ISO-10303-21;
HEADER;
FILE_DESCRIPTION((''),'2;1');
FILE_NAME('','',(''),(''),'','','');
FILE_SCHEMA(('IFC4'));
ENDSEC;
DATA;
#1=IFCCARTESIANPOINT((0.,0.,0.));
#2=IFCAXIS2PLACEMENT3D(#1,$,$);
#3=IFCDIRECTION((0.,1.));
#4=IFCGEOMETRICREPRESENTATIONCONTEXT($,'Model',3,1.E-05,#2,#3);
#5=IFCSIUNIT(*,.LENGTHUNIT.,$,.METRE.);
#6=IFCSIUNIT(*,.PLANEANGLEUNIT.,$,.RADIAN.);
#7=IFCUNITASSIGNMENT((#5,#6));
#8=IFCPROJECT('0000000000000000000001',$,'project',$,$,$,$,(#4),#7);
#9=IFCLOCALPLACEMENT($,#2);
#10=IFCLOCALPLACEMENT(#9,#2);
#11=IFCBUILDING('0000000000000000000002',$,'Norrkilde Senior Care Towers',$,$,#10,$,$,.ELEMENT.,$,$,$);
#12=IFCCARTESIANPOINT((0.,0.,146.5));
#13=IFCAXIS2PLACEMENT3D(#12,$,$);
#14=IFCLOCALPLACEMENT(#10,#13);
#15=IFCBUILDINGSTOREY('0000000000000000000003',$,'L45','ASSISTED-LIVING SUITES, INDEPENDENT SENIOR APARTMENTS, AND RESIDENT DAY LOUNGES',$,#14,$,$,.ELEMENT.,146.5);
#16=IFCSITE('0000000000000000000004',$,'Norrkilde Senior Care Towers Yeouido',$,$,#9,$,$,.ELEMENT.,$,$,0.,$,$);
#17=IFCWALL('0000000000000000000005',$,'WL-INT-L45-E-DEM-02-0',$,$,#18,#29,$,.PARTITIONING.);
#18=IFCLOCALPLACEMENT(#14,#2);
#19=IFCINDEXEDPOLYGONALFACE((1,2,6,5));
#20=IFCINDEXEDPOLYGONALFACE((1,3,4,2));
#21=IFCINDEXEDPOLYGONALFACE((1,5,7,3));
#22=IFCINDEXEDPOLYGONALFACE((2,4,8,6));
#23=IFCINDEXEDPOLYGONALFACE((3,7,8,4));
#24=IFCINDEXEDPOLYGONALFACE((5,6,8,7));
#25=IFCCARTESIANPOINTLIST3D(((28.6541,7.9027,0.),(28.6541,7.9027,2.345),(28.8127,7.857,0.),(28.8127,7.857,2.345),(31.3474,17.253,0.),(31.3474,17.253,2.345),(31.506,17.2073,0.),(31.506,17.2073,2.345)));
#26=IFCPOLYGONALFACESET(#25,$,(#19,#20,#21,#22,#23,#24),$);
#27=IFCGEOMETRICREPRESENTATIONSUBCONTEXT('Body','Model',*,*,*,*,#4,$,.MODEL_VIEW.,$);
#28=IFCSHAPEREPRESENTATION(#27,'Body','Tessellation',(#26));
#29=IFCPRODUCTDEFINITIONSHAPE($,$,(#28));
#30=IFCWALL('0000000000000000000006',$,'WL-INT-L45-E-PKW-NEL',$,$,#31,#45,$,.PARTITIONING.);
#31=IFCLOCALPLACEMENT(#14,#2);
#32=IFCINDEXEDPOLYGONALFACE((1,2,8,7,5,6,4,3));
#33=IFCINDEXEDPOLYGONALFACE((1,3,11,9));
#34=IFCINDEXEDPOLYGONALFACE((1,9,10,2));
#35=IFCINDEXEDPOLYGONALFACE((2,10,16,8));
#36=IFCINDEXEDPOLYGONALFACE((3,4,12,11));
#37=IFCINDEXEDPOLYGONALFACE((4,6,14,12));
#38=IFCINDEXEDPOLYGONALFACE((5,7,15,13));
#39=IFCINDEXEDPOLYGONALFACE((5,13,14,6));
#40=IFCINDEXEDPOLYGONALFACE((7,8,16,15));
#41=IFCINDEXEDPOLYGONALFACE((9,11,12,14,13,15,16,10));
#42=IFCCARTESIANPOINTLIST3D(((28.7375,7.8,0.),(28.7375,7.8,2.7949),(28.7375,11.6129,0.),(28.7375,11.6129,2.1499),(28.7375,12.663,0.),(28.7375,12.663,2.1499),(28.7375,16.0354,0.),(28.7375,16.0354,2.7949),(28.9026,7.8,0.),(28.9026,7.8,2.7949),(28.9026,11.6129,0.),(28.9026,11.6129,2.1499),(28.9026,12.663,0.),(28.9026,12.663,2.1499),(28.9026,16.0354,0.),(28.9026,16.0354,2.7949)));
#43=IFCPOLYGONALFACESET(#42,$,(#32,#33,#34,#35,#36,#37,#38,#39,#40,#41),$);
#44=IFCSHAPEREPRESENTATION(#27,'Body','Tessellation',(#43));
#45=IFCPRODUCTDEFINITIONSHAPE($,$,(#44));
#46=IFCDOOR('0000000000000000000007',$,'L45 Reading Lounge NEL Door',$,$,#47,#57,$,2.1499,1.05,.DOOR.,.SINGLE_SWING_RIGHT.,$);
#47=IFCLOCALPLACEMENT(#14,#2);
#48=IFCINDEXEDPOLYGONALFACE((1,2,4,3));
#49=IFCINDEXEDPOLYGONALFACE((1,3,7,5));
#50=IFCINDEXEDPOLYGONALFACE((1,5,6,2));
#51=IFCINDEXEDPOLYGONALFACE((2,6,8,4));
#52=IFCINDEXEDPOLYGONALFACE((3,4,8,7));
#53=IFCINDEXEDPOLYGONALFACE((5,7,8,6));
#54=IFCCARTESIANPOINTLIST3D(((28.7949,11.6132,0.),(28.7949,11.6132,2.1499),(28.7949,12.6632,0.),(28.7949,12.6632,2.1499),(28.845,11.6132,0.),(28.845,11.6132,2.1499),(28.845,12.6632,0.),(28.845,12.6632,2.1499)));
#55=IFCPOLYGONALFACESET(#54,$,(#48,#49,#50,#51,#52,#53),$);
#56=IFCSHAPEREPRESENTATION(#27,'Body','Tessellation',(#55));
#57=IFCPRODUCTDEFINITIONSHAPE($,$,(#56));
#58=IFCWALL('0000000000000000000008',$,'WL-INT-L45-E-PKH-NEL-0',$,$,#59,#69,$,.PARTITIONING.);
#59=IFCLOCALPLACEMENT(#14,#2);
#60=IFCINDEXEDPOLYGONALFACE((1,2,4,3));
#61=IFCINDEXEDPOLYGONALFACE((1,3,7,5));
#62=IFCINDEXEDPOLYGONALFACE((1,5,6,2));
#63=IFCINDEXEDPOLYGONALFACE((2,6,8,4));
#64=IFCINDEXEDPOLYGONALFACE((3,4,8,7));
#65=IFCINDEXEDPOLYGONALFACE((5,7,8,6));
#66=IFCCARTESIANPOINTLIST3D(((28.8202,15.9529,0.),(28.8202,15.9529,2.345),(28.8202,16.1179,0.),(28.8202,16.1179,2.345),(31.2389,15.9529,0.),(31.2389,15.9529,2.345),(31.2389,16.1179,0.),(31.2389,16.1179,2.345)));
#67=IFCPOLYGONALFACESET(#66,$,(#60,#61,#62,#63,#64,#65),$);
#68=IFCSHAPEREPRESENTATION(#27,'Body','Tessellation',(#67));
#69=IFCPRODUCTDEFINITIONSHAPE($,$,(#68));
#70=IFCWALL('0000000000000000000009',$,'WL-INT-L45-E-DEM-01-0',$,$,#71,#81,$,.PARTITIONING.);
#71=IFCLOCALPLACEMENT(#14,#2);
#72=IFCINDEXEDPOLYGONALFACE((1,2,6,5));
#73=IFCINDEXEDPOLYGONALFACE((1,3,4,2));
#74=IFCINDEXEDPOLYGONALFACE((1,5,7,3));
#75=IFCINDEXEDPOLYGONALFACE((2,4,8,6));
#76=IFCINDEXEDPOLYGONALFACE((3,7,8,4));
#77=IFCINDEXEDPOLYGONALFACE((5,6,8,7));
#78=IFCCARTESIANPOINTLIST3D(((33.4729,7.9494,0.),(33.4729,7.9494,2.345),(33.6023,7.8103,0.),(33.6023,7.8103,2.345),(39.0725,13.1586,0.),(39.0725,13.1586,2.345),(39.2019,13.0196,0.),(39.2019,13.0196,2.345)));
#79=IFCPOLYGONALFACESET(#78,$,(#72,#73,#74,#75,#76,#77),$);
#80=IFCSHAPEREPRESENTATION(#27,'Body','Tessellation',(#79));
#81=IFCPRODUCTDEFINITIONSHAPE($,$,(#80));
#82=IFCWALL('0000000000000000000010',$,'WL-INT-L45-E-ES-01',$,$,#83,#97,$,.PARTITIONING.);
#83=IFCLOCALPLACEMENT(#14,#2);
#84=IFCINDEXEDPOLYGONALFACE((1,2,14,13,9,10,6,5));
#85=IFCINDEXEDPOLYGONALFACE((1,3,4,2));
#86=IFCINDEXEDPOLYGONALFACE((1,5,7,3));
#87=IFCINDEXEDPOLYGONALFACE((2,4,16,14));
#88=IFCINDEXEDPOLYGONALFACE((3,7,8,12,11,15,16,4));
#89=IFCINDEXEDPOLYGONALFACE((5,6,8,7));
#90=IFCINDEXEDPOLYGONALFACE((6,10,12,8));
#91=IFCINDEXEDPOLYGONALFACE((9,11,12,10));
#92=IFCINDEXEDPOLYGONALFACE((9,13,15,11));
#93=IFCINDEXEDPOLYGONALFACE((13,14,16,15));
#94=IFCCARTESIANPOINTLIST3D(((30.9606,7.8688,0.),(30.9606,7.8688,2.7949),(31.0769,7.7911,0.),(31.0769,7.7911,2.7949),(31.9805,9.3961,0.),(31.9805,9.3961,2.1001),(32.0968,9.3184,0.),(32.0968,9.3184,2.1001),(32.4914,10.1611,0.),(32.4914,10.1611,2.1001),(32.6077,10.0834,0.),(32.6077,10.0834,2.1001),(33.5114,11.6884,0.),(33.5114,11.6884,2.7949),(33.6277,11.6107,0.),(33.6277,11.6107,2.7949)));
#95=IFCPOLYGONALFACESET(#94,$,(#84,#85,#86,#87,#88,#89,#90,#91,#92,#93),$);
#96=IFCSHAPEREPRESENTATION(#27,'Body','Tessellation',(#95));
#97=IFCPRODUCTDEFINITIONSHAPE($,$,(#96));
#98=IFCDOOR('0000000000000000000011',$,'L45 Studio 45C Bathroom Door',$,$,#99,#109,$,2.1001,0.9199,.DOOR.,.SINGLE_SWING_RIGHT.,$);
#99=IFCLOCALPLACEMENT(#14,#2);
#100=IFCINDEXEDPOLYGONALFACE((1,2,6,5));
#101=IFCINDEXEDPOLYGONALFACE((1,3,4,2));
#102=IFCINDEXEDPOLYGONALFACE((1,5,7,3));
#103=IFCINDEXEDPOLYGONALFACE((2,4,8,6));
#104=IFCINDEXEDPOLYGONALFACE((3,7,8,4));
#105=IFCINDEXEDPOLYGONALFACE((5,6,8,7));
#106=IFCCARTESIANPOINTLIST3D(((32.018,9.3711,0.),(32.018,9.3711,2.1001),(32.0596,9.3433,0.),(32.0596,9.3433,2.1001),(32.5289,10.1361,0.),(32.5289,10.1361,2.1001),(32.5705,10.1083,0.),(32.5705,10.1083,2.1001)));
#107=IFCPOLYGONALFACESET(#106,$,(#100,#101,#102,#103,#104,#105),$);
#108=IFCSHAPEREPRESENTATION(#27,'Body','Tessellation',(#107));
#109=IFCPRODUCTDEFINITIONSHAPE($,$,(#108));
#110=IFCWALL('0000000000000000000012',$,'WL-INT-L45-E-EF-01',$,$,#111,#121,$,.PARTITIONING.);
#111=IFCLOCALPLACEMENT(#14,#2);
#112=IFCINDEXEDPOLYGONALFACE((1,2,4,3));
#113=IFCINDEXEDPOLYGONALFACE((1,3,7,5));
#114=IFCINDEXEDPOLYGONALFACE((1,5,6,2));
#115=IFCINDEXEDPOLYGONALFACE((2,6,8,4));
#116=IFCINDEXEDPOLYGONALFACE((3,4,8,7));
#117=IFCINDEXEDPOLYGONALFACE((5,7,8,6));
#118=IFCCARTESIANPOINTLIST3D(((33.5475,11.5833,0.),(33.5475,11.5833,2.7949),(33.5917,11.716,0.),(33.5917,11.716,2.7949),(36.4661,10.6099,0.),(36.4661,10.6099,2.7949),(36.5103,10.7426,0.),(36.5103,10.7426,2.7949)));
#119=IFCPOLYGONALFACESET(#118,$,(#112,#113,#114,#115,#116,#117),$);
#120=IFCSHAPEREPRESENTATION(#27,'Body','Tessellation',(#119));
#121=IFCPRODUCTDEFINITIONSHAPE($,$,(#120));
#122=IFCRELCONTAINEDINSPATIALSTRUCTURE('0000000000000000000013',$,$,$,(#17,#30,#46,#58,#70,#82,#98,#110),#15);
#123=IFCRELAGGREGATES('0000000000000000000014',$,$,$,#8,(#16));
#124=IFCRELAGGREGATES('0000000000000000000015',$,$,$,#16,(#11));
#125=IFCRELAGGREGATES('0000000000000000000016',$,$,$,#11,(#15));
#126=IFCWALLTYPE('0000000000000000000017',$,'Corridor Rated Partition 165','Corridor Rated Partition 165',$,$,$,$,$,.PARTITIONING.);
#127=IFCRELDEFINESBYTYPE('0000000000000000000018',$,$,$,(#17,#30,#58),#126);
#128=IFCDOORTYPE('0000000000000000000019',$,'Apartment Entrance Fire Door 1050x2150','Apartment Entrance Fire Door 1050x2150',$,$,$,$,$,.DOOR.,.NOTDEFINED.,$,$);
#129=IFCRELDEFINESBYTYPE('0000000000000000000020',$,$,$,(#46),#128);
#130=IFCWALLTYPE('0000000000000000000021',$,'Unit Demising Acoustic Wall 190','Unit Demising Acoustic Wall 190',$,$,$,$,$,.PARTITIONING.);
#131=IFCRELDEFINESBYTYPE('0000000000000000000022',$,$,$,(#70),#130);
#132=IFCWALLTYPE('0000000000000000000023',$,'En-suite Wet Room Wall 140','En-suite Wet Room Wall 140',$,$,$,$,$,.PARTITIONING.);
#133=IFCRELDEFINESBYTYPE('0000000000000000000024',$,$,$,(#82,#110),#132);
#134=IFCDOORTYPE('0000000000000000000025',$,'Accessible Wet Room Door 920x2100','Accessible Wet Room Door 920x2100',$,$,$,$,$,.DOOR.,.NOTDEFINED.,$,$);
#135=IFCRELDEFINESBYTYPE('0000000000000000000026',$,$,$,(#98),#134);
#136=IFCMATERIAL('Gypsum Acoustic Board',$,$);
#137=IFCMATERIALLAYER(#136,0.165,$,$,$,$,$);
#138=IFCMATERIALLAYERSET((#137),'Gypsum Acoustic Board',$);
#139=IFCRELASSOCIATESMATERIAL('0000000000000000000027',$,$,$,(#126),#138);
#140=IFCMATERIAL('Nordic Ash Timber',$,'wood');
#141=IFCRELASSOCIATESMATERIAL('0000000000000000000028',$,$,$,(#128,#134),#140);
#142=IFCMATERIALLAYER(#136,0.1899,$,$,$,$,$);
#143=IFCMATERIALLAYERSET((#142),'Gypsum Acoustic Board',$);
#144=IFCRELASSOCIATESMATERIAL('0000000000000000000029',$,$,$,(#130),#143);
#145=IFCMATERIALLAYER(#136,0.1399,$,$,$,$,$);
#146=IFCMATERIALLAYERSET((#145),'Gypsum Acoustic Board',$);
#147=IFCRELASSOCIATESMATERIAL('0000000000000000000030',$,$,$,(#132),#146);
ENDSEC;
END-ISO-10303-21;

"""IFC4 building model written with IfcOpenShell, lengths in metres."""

from ifc_helpers import new_model, si_unit, direction, frame, frame_2d, origin, place, context, subcontext, project, spatial, rectangle, extrude, source, transform, mapped, material, layer, layer_set, type_object, type_shapes, element, fill, save


model = new_model("IFC4")

# Units and contexts
model_context = context("Model", 3, precision=1e-05, world=origin(), true_north=direction((0.0, 1.0)))
body_context = subcontext(model_context, "Body", "Model", "MODEL_VIEW")
ifc_project = project(units=[si_unit("LENGTHUNIT", "METRE"), si_unit("PLANEANGLEUNIT", "RADIAN")], contexts=[model_context])

# Site, building, storey
site_placement = place(None, origin())
site = spatial("IfcSite", under=ifc_project, at=site_placement, Name="Norrkilde Senior Care Towers Yeouido", CompositionType="ELEMENT", RefElevation=0.0)
building_placement = place(site_placement, origin())
building = spatial("IfcBuilding", under=site, at=building_placement, Name="Norrkilde Senior Care Towers", CompositionType="ELEMENT")
storey_placement = place(building_placement, frame((0.0, 0.0, 146.5)))
storey = spatial("IfcBuildingStorey", under=building, at=storey_placement, Name="L45", Description="ASSISTED-LIVING SUITES, INDEPENDENT SENIOR APARTMENTS, AND RESIDENT DAY LOUNGES", CompositionType="ELEMENT", Elevation=146.5)

# Shared definitions
ifc_material_1 = material(Name="Gypsum Acoustic Board")
ifc_layer_1 = layer(ifc_material_1, 0.165)
ifc_layer_set_1 = layer_set([ifc_layer_1], Name="Gypsum Acoustic Board")
wall_type_1 = type_object("IfcWallType", Name="Corridor Rated Partition 165", Description="Corridor Rated Partition 165", PredefinedType="PARTITIONING", material=ifc_layer_set_1)
ifc_material_2 = material(Name="Nordic Ash Timber", Category="wood")
door_type_1 = type_object("IfcDoorType", Name="Apartment Entrance Fire Door 1050x2150", Description="Apartment Entrance Fire Door 1050x2150", OperationType="NOTDEFINED", PredefinedType="DOOR", material=ifc_material_2)
shared_shape_1 = source(origin(), body_context, "Body", "SweptSolid", [
    extrude(rectangle(XDim=1.05, YDim=2.1499, at=frame_2d((0.5249, 1.075))), frame((0.0, 0.0249, 0.0), z_axis=(0.0, -1.0, 0.0), x_axis=(1.0, 0.0, 0.0)), (0.0, 0.0, 1.0), 0.05),
])
type_shapes(door_type_1, [shared_shape_1])

# Wall
shared_shape_2 = source(origin(), body_context, "Body", "SweptSolid", [
    extrude(rectangle(XDim=9.7305, YDim=0.165, at=frame_2d((4.8652, 0.0))), origin(), (0.0, 0.0, 1.0), 2.345),
])
wall_1_placement = place(storey_placement, frame((28.7334, 7.8799, 0.0), z_axis=(0.0, 0.0, 1.0), x_axis=(0.276795, 0.960929, 0.0)))
element("IfcWall", 1, at=wall_1_placement, inside=storey, type_object=wall_type_1, Name="WL-INT-L45-E-DEM-02-0", PredefinedType="PARTITIONING", context=body_context, shape_type="MappedRepresentation", body=[
    mapped(shared_shape_2, transform((0.0, 0.0, 0.0), x_axis=(1.0, 0.0, 0.0), y_axis=(0.0, 1.0, 0.0), z_axis=(0.0, 0.0, 1.0), scale=1.0)),
])

# Wall, opening, door
shared_shape_3 = source(origin(), body_context, "Body", "SweptSolid", [
    extrude(rectangle(XDim=8.2354, YDim=0.165, at=frame_2d((4.1177, 0.0))), origin(), (0.0, 0.0, 1.0), 2.7949),
])
wall_2_placement = place(storey_placement, frame((28.8201, 7.8, 0.0), z_axis=(0.0, 0.0, 1.0), x_axis=(0.0, 1.0, 0.0)))
wall_2 = element("IfcWall", 2, at=wall_2_placement, inside=storey, type_object=wall_type_1, Name="WL-INT-L45-E-PKW-NEL", PredefinedType="PARTITIONING", context=body_context, shape_type="MappedRepresentation", body=[
    mapped(shared_shape_3, transform((0.0, 0.0, 0.0), x_axis=(1.0, 0.0, 0.0), y_axis=(0.0, 1.0, 0.0), z_axis=(0.0, 0.0, 1.0), scale=1.0)),
])
opening_1_placement = place(wall_2_placement, frame((3.813, 0.0, 0.0)))
opening_1 = element("IfcOpeningElement", 3, at=opening_1_placement, cuts=wall_2, PredefinedType="OPENING", context=body_context, shape_type="SweptSolid", body=[
    extrude(rectangle(XDim=1.05, YDim=2.1499, at=frame_2d((0.5249, 1.075))), frame((0.0, 0.0925, 0.0), z_axis=(0.0, -1.0, 0.0), x_axis=(1.0, 0.0, 0.0)), (0.0, 0.0, 1.0), 0.1851),
])
door_1_placement = place(opening_1_placement, frame((1.05, 0.0, 0.0), z_axis=(0.0, 0.0, 1.0), x_axis=(-1.0, 0.0, 0.0)))
door_1 = element("IfcDoor", 4, at=door_1_placement, inside=storey, type_object=door_type_1, Name="L45 Reading Lounge NEL Door", OperationType="SINGLE_SWING_RIGHT", OverallHeight=2.1499, OverallWidth=1.05, PredefinedType="DOOR", context=body_context, shape_type="MappedRepresentation", body=[
    mapped(shared_shape_1, transform((0.0, 0.0, 0.0), x_axis=(1.0, 0.0, 0.0), y_axis=(0.0, 1.0, 0.0), z_axis=(0.0, 0.0, 1.0), scale=1.0)),
])
fill(opening_1, door_1)

# Walls
shared_shape_4 = source(origin(), body_context, "Body", "SweptSolid", [
    extrude(rectangle(XDim=2.4187, YDim=0.165, at=frame_2d((1.2095, 0.0))), origin(), (0.0, 0.0, 1.0), 2.345),
])
wall_3_placement = place(storey_placement, frame((28.8201, 16.0354, 0.0), z_axis=(0.0, 0.0, 1.0), x_axis=(1.0, 0.0, 0.0)))
element("IfcWall", 5, at=wall_3_placement, inside=storey, type_object=wall_type_1, Name="WL-INT-L45-E-PKH-NEL-0", PredefinedType="PARTITIONING", context=body_context, shape_type="MappedRepresentation", body=[
    mapped(shared_shape_4, transform((0.0, 0.0, 0.0), x_axis=(1.0, 0.0, 0.0), y_axis=(0.0, 1.0, 0.0), z_axis=(0.0, 0.0, 1.0), scale=1.0)),
])
ifc_layer_2 = layer(ifc_material_1, 0.1899)
ifc_layer_set_2 = layer_set([ifc_layer_2], Name="Gypsum Acoustic Board")
wall_type_2 = type_object("IfcWallType", Name="Unit Demising Acoustic Wall 190", Description="Unit Demising Acoustic Wall 190", PredefinedType="PARTITIONING", material=ifc_layer_set_2)
shared_shape_5 = source(origin(), body_context, "Body", "SweptSolid", [
    extrude(rectangle(XDim=7.6479, YDim=0.1899, at=frame_2d((3.824, 0.0))), origin(), (0.0, 0.0, 1.0), 2.345),
])
type_shapes(wall_type_2, [shared_shape_5])
wall_4_placement = place(storey_placement, frame((33.5376, 7.8799, 0.0), z_axis=(0.0, 0.0, 1.0), x_axis=(0.732168, 0.681124, 0.0)))
element("IfcWall", 6, at=wall_4_placement, inside=storey, type_object=wall_type_2, Name="WL-INT-L45-E-DEM-01-0", PredefinedType="PARTITIONING", context=body_context, shape_type="MappedRepresentation", body=[
    mapped(shared_shape_5, transform((0.0, 0.0, 0.0), x_axis=(1.0, 0.0, 0.0), y_axis=(0.0, 1.0, 0.0), z_axis=(0.0, 0.0, 1.0), scale=1.0)),
])

# Wall, opening, door
ifc_layer_3 = layer(ifc_material_1, 0.1399)
ifc_layer_set_3 = layer_set([ifc_layer_3], Name="Gypsum Acoustic Board")
wall_type_3 = type_object("IfcWallType", Name="En-suite Wet Room Wall 140", Description="En-suite Wet Room Wall 140", PredefinedType="PARTITIONING", material=ifc_layer_set_3)
shared_shape_6 = source(origin(), body_context, "Body", "SweptSolid", [
    extrude(rectangle(XDim=4.593, YDim=0.1399, at=frame_2d((2.2964, 0.0))), origin(), (0.0, 0.0, 1.0), 2.7949),
])
wall_5_placement = place(storey_placement, frame((31.0188, 7.8301, 0.0), z_axis=(0.0, 0.0, 1.0), x_axis=(0.555362, 0.831608, 0.0)))
wall_5 = element("IfcWall", 7, at=wall_5_placement, inside=storey, type_object=wall_type_3, Name="WL-INT-L45-E-ES-01", PredefinedType="PARTITIONING", context=body_context, shape_type="MappedRepresentation", body=[
    mapped(shared_shape_6, transform((0.0, 0.0, 0.0), x_axis=(1.0, 0.0, 0.0), y_axis=(0.0, 1.0, 0.0), z_axis=(0.0, 0.0, 1.0), scale=1.0)),
])
opening_2_placement = place(wall_5_placement, frame((1.8364, 0.0, 0.0)))
opening_2 = element("IfcOpeningElement", 8, at=opening_2_placement, cuts=wall_5, PredefinedType="OPENING", context=body_context, shape_type="SweptSolid", body=[
    extrude(rectangle(XDim=0.9199, YDim=2.1001, at=frame_2d((0.46, 1.05))), frame((0.0, 0.0798, 0.0), z_axis=(0.0, -1.0, 0.0), x_axis=(1.0, 0.0, 0.0)), (0.0, 0.0, 1.0), 0.1599),
])
door_type_2 = type_object("IfcDoorType", Name="Accessible Wet Room Door 920x2100", Description="Accessible Wet Room Door 920x2100", OperationType="NOTDEFINED", PredefinedType="DOOR", material=ifc_material_2)
shared_shape_7 = source(origin(), body_context, "Body", "SweptSolid", [
    extrude(rectangle(XDim=0.9199, YDim=2.1001, at=frame_2d((0.46, 1.05))), frame((0.0, 0.0249, 0.0), z_axis=(0.0, -1.0, 0.0), x_axis=(1.0, 0.0, 0.0)), (0.0, 0.0, 1.0), 0.05),
])
type_shapes(door_type_2, [shared_shape_7])
door_2_placement = place(opening_2_placement, origin())
door_2 = element("IfcDoor", 9, at=door_2_placement, inside=storey, type_object=door_type_2, Name="L45 Studio 45C Bathroom Door", OperationType="SINGLE_SWING_RIGHT", OverallHeight=2.1001, OverallWidth=0.9199, PredefinedType="DOOR", context=body_context, shape_type="MappedRepresentation", body=[
    mapped(shared_shape_7, transform((0.0, 0.0, 0.0), x_axis=(1.0, 0.0, 0.0), y_axis=(0.0, 1.0, 0.0), z_axis=(0.0, 0.0, 1.0), scale=1.0)),
])
fill(opening_2, door_2)

# Wall
shared_shape_8 = source(origin(), body_context, "Body", "SweptSolid", [
    extrude(rectangle(XDim=3.0767, YDim=0.1399, at=frame_2d((1.5383, 0.0))), origin(), (0.0, 0.0, 1.0), 2.7949),
])
type_shapes(wall_type_3, [shared_shape_6, shared_shape_8])
wall_6_placement = place(storey_placement, frame((33.5696, 11.6497, 0.0), z_axis=(0.0, 0.0, 1.0), x_axis=(0.948636, -0.316371, 0.0)))
element("IfcWall", 10, at=wall_6_placement, inside=storey, type_object=wall_type_3, Name="WL-INT-L45-E-EF-01", PredefinedType="PARTITIONING", context=body_context, shape_type="MappedRepresentation", body=[
    mapped(shared_shape_8, transform((0.0, 0.0, 0.0), x_axis=(1.0, 0.0, 0.0), y_axis=(0.0, 1.0, 0.0), z_axis=(0.0, 0.0, 1.0), scale=1.0)),
])

save(model, "model.ifc")
